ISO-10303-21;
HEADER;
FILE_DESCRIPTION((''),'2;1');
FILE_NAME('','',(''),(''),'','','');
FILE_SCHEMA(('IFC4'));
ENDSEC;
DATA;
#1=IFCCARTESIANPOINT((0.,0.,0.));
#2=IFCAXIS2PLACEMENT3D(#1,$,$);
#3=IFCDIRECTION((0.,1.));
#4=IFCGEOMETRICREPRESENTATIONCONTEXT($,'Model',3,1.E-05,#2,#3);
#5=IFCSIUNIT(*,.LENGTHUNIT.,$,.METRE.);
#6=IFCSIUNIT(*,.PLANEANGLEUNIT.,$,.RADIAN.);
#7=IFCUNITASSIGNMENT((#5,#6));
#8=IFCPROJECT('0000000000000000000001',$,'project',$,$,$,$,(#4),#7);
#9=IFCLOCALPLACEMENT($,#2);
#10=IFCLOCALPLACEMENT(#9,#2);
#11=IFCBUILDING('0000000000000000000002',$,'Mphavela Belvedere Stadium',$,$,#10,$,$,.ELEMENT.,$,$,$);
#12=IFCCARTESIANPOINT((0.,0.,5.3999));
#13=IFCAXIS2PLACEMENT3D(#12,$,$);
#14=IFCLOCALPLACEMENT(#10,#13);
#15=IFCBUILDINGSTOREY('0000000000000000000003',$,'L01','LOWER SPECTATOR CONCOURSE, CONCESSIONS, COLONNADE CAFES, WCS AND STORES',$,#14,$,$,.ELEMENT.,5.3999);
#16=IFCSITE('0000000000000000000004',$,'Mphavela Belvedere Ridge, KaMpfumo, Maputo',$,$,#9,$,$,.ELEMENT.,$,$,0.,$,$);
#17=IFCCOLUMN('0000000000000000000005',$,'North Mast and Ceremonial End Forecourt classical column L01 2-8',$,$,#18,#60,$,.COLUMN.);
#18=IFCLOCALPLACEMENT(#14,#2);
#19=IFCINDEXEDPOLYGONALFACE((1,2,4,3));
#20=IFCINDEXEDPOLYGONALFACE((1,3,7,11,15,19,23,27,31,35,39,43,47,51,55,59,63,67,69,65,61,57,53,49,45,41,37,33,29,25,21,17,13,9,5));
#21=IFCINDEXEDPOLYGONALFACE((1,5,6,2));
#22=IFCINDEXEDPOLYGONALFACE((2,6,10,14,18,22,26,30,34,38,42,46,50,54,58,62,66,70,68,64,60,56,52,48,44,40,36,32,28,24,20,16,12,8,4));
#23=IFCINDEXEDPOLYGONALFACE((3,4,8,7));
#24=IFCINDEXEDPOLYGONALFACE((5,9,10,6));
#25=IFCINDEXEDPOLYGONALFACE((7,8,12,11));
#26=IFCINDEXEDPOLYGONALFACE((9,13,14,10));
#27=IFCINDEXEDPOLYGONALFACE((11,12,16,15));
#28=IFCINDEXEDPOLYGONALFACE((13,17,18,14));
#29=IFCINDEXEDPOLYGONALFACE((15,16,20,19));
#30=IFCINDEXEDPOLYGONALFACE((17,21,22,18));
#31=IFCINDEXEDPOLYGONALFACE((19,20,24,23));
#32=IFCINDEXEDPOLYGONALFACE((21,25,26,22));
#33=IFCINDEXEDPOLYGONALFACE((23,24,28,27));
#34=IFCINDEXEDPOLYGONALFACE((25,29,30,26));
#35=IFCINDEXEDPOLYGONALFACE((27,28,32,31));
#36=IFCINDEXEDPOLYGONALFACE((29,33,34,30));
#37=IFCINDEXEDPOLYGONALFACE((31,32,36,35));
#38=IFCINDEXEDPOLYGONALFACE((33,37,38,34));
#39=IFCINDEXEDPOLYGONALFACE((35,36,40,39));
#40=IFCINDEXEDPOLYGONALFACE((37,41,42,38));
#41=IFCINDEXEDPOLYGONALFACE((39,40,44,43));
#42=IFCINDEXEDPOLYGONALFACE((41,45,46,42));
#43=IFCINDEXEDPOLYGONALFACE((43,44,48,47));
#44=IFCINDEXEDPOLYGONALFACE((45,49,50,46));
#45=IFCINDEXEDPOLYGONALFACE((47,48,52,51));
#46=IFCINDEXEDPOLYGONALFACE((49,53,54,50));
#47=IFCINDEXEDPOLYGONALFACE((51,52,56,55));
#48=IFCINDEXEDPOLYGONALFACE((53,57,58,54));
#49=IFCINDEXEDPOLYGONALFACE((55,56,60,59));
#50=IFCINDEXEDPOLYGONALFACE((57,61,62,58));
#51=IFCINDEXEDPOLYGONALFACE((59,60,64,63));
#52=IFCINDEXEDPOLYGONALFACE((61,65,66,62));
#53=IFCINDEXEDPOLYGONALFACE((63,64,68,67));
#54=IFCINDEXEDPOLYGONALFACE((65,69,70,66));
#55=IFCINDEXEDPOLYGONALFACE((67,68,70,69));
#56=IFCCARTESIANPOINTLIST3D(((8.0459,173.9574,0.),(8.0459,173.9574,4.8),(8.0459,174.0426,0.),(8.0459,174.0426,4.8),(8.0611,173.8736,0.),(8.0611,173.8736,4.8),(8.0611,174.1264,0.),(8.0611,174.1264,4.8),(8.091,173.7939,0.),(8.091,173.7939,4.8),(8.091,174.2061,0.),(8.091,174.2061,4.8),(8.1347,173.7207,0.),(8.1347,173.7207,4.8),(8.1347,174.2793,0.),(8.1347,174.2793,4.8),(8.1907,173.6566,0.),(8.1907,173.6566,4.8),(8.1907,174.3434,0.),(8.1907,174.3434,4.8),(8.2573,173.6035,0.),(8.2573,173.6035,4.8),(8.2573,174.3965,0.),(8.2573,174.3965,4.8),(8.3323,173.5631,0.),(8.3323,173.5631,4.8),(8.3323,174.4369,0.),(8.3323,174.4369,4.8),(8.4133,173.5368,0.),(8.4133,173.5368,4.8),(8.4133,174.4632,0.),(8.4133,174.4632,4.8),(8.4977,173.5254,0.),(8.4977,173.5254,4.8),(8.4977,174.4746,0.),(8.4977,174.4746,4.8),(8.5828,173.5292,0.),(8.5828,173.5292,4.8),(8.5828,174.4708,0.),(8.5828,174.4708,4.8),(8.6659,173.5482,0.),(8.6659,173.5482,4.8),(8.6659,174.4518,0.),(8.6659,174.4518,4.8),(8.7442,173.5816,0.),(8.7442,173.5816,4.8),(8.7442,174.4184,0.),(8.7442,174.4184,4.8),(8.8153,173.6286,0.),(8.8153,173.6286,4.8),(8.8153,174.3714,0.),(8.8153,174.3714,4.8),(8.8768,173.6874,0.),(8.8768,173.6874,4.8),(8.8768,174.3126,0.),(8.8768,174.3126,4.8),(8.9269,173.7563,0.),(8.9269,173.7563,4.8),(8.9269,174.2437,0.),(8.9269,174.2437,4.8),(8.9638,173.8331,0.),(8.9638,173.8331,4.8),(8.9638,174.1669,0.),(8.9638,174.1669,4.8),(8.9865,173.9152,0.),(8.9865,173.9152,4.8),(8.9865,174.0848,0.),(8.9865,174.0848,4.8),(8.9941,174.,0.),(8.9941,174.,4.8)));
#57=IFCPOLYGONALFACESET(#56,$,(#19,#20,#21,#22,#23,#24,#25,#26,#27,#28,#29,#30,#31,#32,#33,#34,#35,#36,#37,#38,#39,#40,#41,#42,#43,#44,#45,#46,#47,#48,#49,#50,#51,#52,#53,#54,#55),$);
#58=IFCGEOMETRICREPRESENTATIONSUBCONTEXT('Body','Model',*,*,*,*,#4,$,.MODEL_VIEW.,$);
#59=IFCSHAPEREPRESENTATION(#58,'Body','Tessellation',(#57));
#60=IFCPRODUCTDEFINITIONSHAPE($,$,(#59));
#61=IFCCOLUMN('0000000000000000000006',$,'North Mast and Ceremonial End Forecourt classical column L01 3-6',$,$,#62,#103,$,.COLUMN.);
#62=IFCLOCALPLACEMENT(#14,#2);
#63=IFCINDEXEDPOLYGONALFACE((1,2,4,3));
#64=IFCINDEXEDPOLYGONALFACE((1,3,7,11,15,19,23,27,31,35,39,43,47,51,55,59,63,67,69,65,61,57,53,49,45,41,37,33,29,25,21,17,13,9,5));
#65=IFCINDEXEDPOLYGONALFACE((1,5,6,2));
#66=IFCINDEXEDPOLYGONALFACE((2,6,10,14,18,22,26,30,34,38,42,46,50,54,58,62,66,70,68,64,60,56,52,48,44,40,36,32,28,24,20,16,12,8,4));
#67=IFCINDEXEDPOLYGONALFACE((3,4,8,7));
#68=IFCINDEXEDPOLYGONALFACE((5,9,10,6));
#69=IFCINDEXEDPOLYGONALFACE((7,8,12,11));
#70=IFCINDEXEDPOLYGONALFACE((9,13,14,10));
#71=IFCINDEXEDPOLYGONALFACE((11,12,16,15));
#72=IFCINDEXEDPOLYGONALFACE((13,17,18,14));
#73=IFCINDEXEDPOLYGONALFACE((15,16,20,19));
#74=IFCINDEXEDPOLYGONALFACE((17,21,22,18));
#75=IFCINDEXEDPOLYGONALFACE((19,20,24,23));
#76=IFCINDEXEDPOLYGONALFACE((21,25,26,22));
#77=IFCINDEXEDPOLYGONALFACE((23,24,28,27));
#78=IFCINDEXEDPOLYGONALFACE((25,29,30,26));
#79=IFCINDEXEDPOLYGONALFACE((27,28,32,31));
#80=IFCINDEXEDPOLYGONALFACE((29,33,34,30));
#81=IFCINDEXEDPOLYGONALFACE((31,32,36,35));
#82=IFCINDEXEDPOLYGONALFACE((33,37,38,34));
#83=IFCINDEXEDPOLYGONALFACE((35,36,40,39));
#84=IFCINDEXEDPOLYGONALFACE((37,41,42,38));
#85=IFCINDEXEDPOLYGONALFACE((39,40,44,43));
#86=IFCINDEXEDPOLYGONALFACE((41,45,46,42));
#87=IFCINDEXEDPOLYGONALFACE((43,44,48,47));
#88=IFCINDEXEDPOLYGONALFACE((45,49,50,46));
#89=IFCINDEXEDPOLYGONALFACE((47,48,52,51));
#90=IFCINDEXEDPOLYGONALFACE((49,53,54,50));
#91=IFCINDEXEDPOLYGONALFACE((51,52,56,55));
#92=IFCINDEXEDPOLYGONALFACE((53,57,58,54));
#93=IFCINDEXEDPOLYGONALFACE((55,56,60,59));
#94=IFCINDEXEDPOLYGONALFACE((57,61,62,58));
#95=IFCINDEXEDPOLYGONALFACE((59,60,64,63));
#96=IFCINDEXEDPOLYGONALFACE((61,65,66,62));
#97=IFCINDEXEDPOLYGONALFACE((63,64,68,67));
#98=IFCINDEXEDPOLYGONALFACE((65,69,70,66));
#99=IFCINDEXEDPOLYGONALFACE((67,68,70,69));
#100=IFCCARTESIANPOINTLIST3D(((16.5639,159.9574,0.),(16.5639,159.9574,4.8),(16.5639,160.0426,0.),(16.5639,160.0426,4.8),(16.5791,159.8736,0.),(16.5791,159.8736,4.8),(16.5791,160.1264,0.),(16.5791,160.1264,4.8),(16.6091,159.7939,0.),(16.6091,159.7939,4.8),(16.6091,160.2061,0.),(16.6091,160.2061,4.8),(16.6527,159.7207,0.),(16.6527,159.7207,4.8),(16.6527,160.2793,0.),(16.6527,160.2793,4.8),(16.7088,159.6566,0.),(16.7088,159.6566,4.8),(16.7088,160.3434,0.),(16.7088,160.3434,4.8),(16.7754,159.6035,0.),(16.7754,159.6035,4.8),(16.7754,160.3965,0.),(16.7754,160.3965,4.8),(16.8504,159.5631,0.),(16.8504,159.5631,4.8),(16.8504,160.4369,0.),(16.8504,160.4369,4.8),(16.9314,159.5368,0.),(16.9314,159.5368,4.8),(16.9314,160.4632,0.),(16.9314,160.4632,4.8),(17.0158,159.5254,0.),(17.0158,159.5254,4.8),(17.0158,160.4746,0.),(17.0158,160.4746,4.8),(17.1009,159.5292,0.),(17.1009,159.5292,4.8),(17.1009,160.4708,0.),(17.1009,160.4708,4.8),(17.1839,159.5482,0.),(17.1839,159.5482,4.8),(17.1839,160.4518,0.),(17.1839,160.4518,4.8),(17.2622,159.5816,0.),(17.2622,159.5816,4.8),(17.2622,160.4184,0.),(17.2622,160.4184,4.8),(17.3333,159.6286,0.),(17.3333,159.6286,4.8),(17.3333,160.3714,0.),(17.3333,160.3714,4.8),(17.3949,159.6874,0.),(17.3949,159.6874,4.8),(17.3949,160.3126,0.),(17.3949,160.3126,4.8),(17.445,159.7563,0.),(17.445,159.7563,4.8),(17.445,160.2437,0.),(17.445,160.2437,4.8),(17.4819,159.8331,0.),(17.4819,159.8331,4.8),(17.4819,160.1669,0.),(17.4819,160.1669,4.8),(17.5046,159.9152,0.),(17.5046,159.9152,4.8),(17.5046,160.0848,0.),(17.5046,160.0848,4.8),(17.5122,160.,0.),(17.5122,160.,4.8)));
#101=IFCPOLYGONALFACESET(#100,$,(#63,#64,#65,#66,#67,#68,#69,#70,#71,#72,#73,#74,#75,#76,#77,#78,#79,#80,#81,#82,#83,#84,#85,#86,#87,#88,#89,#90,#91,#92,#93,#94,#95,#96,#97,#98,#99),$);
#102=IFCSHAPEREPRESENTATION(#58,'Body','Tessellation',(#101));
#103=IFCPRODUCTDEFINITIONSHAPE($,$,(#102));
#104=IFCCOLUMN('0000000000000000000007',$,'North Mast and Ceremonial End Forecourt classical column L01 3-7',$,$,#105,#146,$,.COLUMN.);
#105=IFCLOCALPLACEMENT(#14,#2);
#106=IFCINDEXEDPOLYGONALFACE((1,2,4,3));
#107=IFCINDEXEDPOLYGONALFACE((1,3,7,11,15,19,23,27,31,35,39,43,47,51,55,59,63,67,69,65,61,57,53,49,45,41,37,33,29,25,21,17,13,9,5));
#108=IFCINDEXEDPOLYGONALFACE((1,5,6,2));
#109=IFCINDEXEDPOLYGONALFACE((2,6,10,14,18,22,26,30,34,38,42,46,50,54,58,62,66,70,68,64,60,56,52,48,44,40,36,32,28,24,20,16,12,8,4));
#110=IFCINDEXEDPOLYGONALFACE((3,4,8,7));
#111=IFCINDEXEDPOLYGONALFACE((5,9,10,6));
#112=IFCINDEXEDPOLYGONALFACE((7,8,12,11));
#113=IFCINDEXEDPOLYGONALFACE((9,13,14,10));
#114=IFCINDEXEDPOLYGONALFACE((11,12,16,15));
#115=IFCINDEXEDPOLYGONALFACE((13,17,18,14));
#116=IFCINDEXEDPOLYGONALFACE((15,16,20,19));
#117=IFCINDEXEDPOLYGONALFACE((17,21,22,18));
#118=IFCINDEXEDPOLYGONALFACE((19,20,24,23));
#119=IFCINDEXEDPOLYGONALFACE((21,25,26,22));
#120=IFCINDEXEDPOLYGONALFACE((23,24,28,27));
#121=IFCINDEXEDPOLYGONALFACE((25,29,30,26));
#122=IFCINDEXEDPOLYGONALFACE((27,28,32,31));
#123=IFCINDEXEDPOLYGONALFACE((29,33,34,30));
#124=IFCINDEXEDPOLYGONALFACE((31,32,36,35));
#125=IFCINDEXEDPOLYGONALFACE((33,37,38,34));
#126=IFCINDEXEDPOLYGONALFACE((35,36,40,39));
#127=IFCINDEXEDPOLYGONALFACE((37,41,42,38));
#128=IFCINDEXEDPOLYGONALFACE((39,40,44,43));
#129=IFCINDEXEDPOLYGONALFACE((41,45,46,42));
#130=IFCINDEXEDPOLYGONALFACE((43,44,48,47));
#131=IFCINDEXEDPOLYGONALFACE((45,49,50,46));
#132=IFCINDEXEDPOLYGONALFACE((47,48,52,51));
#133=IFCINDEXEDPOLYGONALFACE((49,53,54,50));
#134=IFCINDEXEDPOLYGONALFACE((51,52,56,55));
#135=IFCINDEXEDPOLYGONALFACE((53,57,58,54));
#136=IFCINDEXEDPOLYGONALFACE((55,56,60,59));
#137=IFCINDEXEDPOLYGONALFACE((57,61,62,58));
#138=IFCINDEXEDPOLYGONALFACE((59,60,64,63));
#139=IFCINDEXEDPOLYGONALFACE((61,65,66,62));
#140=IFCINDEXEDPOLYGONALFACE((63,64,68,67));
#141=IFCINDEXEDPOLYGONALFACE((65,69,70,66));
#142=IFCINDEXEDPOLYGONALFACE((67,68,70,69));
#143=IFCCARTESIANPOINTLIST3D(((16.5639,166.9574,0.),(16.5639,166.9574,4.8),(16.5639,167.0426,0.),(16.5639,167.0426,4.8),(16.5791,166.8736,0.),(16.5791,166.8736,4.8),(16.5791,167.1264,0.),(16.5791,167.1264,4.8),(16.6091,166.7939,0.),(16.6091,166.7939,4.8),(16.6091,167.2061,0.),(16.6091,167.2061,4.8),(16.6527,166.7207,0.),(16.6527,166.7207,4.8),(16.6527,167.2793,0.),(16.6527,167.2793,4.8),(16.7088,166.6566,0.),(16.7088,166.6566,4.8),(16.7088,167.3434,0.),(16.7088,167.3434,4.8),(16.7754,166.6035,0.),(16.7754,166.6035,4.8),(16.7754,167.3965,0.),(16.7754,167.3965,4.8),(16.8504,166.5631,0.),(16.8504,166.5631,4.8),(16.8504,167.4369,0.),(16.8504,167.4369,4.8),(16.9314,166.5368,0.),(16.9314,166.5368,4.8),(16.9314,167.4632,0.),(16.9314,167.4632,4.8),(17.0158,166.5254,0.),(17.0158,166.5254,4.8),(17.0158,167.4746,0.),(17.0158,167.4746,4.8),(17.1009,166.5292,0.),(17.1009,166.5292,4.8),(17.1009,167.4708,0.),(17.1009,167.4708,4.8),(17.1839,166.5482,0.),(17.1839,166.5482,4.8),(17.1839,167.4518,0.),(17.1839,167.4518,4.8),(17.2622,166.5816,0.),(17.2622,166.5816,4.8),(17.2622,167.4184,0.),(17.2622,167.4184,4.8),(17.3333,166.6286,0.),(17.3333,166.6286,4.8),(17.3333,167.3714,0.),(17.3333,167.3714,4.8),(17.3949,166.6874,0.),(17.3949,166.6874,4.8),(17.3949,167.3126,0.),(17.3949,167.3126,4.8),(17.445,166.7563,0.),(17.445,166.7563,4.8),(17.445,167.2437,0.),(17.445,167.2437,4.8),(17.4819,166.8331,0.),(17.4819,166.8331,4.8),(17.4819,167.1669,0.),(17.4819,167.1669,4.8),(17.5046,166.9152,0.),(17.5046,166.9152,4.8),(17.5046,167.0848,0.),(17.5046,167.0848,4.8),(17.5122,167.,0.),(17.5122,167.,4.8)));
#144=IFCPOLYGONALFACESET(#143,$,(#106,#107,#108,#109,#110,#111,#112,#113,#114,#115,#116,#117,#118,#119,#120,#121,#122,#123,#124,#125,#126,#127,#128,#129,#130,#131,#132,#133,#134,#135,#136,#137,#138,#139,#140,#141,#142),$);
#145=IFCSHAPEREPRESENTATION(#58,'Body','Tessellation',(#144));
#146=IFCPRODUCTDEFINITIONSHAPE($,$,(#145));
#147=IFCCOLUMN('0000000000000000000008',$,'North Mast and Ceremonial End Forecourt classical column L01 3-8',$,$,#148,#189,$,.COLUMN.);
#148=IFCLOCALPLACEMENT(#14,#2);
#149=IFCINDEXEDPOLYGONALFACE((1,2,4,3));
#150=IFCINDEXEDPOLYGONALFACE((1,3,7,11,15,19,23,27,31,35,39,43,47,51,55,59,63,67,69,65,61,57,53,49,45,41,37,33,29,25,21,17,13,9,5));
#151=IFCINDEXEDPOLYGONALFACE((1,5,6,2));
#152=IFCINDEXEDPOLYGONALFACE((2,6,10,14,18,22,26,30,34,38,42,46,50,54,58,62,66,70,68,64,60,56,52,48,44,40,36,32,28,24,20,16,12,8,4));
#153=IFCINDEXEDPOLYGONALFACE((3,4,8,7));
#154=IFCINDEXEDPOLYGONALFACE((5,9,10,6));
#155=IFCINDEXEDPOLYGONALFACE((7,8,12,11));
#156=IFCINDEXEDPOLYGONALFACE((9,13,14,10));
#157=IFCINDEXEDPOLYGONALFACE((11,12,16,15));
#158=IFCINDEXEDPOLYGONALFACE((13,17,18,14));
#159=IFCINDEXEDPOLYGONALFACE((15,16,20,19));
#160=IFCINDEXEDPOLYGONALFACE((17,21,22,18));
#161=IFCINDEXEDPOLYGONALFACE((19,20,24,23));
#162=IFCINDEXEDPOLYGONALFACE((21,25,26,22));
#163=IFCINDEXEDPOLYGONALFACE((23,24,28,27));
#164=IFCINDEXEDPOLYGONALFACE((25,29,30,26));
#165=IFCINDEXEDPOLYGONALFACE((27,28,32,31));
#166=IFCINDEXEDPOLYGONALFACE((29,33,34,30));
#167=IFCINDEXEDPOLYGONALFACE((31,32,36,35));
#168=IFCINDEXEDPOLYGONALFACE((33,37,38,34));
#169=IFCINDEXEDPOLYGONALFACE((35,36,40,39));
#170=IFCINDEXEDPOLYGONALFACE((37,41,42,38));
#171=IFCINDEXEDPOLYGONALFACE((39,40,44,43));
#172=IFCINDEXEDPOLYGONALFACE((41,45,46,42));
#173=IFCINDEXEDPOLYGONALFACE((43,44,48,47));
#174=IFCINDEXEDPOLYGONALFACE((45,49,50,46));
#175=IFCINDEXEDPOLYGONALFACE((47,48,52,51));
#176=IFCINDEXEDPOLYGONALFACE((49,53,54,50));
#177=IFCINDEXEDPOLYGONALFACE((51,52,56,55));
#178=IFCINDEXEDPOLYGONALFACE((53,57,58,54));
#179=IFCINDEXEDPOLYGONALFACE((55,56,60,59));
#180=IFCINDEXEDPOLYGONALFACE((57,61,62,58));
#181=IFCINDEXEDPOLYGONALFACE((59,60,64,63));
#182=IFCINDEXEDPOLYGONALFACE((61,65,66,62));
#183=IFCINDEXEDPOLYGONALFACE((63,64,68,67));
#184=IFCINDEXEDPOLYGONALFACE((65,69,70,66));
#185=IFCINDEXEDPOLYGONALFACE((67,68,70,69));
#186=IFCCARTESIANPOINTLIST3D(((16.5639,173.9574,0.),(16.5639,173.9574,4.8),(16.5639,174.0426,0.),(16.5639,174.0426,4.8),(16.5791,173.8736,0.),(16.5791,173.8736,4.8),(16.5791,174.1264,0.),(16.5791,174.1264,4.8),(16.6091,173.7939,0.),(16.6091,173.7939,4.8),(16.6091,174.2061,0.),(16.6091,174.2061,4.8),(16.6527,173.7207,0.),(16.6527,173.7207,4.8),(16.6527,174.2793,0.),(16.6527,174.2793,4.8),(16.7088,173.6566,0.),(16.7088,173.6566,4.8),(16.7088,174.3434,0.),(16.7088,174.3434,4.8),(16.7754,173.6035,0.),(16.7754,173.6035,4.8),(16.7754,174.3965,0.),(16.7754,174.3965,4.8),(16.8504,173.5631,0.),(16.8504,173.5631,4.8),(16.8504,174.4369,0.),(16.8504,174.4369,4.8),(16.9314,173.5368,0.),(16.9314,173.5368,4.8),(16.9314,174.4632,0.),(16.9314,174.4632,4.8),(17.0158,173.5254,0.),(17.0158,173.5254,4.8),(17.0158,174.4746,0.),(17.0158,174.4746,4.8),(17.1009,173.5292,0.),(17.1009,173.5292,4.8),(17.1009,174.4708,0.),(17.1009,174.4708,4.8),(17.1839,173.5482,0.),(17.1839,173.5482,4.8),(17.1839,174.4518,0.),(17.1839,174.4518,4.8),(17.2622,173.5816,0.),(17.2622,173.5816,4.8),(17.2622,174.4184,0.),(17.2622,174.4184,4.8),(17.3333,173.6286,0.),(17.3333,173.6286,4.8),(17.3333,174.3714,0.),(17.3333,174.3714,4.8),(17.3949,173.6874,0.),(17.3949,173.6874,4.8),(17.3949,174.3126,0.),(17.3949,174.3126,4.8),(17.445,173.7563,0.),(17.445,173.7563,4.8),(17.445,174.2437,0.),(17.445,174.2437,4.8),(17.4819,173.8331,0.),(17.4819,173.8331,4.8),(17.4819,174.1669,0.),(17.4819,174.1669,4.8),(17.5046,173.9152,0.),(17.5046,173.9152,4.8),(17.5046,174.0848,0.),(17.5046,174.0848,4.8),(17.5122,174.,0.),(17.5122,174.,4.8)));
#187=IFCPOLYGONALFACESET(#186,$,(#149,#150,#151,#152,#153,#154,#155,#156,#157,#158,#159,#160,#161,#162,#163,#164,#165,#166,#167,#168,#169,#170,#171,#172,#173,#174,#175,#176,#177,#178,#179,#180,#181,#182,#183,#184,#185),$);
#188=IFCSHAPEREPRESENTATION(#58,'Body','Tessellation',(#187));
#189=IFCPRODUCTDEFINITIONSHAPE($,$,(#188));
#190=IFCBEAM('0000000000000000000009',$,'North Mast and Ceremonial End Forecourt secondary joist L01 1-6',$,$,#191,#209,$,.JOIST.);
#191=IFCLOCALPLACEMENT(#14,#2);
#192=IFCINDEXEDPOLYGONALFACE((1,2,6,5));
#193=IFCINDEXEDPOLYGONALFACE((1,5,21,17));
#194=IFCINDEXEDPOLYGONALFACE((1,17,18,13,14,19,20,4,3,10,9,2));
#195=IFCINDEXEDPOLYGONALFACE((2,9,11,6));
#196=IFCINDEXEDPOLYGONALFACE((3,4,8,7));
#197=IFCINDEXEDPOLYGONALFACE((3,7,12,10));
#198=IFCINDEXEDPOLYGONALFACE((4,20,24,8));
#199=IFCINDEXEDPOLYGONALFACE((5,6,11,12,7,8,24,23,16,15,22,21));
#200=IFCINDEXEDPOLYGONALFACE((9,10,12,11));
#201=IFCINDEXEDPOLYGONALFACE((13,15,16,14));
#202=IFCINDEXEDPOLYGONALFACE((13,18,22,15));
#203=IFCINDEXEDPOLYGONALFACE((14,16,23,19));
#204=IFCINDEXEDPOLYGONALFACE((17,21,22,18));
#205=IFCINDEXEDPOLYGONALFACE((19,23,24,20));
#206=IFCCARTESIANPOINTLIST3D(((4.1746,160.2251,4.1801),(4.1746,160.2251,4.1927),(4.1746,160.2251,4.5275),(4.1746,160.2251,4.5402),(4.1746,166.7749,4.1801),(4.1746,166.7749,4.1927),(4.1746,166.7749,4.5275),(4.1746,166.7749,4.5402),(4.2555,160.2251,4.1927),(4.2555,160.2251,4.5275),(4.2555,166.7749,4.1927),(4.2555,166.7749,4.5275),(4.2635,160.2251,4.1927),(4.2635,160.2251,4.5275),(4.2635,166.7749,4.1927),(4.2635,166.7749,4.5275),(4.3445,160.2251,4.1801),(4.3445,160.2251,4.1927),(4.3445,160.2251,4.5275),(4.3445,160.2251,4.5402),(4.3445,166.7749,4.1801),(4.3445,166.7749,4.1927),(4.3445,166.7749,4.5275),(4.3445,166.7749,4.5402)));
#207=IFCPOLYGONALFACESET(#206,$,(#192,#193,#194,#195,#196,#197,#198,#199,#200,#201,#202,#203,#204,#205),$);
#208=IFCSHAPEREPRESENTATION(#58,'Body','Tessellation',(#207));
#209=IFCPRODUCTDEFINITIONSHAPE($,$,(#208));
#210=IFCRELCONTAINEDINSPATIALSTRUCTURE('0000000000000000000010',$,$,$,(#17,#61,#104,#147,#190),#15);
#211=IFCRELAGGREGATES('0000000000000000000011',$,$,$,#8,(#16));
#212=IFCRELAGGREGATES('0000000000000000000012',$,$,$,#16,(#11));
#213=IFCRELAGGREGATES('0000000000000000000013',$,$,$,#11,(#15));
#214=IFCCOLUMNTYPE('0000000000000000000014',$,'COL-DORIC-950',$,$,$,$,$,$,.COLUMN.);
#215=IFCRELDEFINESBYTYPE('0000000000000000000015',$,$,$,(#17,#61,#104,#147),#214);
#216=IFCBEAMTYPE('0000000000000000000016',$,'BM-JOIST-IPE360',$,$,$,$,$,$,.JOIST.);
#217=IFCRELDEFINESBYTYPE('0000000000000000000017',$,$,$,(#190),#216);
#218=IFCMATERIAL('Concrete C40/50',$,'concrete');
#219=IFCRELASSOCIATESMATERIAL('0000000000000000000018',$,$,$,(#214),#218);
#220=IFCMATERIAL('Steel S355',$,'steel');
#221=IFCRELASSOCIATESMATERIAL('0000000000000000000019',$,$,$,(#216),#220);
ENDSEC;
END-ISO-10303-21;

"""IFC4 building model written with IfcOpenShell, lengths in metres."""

from ifc_helpers import new_model, si_unit, direction, frame, origin, origin_2d, place, context, subcontext, project, spatial, circle, i_section, extrude, material, material_profile, profile_set, type_object, element, save


model = new_model("IFC4")

# Units and contexts
model_context = context("Model", 3, precision=1e-05, world=origin(), true_north=direction((0.0, 1.0)))
body_context = subcontext(model_context, "Body", "Model", "MODEL_VIEW")
ifc_project = project(units=[si_unit("LENGTHUNIT", "METRE"), si_unit("PLANEANGLEUNIT", "RADIAN")], contexts=[model_context])

# Site, building, storey
site_placement = place(None, origin())
site = spatial("IfcSite", under=ifc_project, at=site_placement, Name="Mphavela Belvedere Ridge, KaMpfumo, Maputo", CompositionType="ELEMENT", RefElevation=0.0)
building_placement = place(site_placement, origin())
building = spatial("IfcBuilding", under=site, at=building_placement, Name="Mphavela Belvedere Stadium", CompositionType="ELEMENT")
storey_placement = place(building_placement, frame((0.0, 0.0, 5.3999)))
storey = spatial("IfcBuildingStorey", under=building, at=storey_placement, Name="L01", Description="LOWER SPECTATOR CONCOURSE, CONCESSIONS, COLONNADE CAFES, WCS AND STORES", CompositionType="ELEMENT", Elevation=5.3999)

# Columns
ifc_material_1 = material(Name="Concrete C40/50", Category="concrete")
ifc_material_profile_1 = material_profile(ifc_material_1, circle(Radius=0.4751, at=origin_2d()), Name="COL D950")
ifc_profile_set_1 = profile_set([ifc_material_profile_1], Name="Concrete C40/50")
column_type = type_object("IfcColumnType", Name="COL-DORIC-950", PredefinedType="COLUMN", material=ifc_profile_set_1)
for number, where, z_axis, x_axis, name in (
    (1, (8.519, 174.0, 0.0), (0.0, 0.0, 1.0), (1.0, 0.0, 0.0), "North Mast and Ceremonial End Forecourt classical column L01 2-8"),
    (2, (17.0371, 160.0, 0.0), (0.0, 0.0, 1.0), (1.0, 0.0, 0.0), "North Mast and Ceremonial End Forecourt classical column L01 3-6"),
    (3, (17.0371, 167.0, 0.0), (0.0, 0.0, 1.0), (1.0, 0.0, 0.0), "North Mast and Ceremonial End Forecourt classical column L01 3-7"),
    (4, (17.0371, 174.0, 0.0), (0.0, 0.0, 1.0), (1.0, 0.0, 0.0), "North Mast and Ceremonial End Forecourt classical column L01 3-8"),
):
    element("IfcColumn", number, at=place(storey_placement, frame(where, z_axis=z_axis, x_axis=x_axis)), inside=storey, type_object=column_type, Name=name, PredefinedType="COLUMN", context=body_context, shape_type="SweptSolid", body=[
        extrude(circle(Radius=0.4751, at=origin_2d()), origin(), (0.0, 0.0, 1.0), 4.8),
    ])

# Beam
ifc_material_2 = material(Name="Steel S355", Category="steel")
ifc_material_profile_2 = material_profile(ifc_material_2, i_section(OverallWidth=0.1699, OverallDepth=0.3601, WebThickness=0.0081, FlangeThickness=0.0127, at=origin_2d()), Name="IPE 360")
ifc_profile_set_2 = profile_set([ifc_material_profile_2], Name="Steel S355")
beam_type_1 = type_object("IfcBeamType", Name="BM-JOIST-IPE360", PredefinedType="JOIST", material=ifc_profile_set_2)
for number, where, z_axis, x_axis, name in (
    (5, (4.2595, 160.2251, 4.3601), (0.0, 1.0, 0.0), (-1.0, 0.0, 0.0), "North Mast and Ceremonial End Forecourt secondary joist L01 1-6"),
):
    element("IfcBeam", number, at=place(storey_placement, frame(where, z_axis=z_axis, x_axis=x_axis)), inside=storey, type_object=beam_type_1, Name=name, PredefinedType="JOIST", context=body_context, shape_type="SweptSolid", body=[
        extrude(i_section(OverallWidth=0.1699, OverallDepth=0.3601, WebThickness=0.0081, FlangeThickness=0.0127, at=origin_2d()), origin(), (0.0, 0.0, 1.0), 6.5498),
    ])

save(model, "model.ifc")
